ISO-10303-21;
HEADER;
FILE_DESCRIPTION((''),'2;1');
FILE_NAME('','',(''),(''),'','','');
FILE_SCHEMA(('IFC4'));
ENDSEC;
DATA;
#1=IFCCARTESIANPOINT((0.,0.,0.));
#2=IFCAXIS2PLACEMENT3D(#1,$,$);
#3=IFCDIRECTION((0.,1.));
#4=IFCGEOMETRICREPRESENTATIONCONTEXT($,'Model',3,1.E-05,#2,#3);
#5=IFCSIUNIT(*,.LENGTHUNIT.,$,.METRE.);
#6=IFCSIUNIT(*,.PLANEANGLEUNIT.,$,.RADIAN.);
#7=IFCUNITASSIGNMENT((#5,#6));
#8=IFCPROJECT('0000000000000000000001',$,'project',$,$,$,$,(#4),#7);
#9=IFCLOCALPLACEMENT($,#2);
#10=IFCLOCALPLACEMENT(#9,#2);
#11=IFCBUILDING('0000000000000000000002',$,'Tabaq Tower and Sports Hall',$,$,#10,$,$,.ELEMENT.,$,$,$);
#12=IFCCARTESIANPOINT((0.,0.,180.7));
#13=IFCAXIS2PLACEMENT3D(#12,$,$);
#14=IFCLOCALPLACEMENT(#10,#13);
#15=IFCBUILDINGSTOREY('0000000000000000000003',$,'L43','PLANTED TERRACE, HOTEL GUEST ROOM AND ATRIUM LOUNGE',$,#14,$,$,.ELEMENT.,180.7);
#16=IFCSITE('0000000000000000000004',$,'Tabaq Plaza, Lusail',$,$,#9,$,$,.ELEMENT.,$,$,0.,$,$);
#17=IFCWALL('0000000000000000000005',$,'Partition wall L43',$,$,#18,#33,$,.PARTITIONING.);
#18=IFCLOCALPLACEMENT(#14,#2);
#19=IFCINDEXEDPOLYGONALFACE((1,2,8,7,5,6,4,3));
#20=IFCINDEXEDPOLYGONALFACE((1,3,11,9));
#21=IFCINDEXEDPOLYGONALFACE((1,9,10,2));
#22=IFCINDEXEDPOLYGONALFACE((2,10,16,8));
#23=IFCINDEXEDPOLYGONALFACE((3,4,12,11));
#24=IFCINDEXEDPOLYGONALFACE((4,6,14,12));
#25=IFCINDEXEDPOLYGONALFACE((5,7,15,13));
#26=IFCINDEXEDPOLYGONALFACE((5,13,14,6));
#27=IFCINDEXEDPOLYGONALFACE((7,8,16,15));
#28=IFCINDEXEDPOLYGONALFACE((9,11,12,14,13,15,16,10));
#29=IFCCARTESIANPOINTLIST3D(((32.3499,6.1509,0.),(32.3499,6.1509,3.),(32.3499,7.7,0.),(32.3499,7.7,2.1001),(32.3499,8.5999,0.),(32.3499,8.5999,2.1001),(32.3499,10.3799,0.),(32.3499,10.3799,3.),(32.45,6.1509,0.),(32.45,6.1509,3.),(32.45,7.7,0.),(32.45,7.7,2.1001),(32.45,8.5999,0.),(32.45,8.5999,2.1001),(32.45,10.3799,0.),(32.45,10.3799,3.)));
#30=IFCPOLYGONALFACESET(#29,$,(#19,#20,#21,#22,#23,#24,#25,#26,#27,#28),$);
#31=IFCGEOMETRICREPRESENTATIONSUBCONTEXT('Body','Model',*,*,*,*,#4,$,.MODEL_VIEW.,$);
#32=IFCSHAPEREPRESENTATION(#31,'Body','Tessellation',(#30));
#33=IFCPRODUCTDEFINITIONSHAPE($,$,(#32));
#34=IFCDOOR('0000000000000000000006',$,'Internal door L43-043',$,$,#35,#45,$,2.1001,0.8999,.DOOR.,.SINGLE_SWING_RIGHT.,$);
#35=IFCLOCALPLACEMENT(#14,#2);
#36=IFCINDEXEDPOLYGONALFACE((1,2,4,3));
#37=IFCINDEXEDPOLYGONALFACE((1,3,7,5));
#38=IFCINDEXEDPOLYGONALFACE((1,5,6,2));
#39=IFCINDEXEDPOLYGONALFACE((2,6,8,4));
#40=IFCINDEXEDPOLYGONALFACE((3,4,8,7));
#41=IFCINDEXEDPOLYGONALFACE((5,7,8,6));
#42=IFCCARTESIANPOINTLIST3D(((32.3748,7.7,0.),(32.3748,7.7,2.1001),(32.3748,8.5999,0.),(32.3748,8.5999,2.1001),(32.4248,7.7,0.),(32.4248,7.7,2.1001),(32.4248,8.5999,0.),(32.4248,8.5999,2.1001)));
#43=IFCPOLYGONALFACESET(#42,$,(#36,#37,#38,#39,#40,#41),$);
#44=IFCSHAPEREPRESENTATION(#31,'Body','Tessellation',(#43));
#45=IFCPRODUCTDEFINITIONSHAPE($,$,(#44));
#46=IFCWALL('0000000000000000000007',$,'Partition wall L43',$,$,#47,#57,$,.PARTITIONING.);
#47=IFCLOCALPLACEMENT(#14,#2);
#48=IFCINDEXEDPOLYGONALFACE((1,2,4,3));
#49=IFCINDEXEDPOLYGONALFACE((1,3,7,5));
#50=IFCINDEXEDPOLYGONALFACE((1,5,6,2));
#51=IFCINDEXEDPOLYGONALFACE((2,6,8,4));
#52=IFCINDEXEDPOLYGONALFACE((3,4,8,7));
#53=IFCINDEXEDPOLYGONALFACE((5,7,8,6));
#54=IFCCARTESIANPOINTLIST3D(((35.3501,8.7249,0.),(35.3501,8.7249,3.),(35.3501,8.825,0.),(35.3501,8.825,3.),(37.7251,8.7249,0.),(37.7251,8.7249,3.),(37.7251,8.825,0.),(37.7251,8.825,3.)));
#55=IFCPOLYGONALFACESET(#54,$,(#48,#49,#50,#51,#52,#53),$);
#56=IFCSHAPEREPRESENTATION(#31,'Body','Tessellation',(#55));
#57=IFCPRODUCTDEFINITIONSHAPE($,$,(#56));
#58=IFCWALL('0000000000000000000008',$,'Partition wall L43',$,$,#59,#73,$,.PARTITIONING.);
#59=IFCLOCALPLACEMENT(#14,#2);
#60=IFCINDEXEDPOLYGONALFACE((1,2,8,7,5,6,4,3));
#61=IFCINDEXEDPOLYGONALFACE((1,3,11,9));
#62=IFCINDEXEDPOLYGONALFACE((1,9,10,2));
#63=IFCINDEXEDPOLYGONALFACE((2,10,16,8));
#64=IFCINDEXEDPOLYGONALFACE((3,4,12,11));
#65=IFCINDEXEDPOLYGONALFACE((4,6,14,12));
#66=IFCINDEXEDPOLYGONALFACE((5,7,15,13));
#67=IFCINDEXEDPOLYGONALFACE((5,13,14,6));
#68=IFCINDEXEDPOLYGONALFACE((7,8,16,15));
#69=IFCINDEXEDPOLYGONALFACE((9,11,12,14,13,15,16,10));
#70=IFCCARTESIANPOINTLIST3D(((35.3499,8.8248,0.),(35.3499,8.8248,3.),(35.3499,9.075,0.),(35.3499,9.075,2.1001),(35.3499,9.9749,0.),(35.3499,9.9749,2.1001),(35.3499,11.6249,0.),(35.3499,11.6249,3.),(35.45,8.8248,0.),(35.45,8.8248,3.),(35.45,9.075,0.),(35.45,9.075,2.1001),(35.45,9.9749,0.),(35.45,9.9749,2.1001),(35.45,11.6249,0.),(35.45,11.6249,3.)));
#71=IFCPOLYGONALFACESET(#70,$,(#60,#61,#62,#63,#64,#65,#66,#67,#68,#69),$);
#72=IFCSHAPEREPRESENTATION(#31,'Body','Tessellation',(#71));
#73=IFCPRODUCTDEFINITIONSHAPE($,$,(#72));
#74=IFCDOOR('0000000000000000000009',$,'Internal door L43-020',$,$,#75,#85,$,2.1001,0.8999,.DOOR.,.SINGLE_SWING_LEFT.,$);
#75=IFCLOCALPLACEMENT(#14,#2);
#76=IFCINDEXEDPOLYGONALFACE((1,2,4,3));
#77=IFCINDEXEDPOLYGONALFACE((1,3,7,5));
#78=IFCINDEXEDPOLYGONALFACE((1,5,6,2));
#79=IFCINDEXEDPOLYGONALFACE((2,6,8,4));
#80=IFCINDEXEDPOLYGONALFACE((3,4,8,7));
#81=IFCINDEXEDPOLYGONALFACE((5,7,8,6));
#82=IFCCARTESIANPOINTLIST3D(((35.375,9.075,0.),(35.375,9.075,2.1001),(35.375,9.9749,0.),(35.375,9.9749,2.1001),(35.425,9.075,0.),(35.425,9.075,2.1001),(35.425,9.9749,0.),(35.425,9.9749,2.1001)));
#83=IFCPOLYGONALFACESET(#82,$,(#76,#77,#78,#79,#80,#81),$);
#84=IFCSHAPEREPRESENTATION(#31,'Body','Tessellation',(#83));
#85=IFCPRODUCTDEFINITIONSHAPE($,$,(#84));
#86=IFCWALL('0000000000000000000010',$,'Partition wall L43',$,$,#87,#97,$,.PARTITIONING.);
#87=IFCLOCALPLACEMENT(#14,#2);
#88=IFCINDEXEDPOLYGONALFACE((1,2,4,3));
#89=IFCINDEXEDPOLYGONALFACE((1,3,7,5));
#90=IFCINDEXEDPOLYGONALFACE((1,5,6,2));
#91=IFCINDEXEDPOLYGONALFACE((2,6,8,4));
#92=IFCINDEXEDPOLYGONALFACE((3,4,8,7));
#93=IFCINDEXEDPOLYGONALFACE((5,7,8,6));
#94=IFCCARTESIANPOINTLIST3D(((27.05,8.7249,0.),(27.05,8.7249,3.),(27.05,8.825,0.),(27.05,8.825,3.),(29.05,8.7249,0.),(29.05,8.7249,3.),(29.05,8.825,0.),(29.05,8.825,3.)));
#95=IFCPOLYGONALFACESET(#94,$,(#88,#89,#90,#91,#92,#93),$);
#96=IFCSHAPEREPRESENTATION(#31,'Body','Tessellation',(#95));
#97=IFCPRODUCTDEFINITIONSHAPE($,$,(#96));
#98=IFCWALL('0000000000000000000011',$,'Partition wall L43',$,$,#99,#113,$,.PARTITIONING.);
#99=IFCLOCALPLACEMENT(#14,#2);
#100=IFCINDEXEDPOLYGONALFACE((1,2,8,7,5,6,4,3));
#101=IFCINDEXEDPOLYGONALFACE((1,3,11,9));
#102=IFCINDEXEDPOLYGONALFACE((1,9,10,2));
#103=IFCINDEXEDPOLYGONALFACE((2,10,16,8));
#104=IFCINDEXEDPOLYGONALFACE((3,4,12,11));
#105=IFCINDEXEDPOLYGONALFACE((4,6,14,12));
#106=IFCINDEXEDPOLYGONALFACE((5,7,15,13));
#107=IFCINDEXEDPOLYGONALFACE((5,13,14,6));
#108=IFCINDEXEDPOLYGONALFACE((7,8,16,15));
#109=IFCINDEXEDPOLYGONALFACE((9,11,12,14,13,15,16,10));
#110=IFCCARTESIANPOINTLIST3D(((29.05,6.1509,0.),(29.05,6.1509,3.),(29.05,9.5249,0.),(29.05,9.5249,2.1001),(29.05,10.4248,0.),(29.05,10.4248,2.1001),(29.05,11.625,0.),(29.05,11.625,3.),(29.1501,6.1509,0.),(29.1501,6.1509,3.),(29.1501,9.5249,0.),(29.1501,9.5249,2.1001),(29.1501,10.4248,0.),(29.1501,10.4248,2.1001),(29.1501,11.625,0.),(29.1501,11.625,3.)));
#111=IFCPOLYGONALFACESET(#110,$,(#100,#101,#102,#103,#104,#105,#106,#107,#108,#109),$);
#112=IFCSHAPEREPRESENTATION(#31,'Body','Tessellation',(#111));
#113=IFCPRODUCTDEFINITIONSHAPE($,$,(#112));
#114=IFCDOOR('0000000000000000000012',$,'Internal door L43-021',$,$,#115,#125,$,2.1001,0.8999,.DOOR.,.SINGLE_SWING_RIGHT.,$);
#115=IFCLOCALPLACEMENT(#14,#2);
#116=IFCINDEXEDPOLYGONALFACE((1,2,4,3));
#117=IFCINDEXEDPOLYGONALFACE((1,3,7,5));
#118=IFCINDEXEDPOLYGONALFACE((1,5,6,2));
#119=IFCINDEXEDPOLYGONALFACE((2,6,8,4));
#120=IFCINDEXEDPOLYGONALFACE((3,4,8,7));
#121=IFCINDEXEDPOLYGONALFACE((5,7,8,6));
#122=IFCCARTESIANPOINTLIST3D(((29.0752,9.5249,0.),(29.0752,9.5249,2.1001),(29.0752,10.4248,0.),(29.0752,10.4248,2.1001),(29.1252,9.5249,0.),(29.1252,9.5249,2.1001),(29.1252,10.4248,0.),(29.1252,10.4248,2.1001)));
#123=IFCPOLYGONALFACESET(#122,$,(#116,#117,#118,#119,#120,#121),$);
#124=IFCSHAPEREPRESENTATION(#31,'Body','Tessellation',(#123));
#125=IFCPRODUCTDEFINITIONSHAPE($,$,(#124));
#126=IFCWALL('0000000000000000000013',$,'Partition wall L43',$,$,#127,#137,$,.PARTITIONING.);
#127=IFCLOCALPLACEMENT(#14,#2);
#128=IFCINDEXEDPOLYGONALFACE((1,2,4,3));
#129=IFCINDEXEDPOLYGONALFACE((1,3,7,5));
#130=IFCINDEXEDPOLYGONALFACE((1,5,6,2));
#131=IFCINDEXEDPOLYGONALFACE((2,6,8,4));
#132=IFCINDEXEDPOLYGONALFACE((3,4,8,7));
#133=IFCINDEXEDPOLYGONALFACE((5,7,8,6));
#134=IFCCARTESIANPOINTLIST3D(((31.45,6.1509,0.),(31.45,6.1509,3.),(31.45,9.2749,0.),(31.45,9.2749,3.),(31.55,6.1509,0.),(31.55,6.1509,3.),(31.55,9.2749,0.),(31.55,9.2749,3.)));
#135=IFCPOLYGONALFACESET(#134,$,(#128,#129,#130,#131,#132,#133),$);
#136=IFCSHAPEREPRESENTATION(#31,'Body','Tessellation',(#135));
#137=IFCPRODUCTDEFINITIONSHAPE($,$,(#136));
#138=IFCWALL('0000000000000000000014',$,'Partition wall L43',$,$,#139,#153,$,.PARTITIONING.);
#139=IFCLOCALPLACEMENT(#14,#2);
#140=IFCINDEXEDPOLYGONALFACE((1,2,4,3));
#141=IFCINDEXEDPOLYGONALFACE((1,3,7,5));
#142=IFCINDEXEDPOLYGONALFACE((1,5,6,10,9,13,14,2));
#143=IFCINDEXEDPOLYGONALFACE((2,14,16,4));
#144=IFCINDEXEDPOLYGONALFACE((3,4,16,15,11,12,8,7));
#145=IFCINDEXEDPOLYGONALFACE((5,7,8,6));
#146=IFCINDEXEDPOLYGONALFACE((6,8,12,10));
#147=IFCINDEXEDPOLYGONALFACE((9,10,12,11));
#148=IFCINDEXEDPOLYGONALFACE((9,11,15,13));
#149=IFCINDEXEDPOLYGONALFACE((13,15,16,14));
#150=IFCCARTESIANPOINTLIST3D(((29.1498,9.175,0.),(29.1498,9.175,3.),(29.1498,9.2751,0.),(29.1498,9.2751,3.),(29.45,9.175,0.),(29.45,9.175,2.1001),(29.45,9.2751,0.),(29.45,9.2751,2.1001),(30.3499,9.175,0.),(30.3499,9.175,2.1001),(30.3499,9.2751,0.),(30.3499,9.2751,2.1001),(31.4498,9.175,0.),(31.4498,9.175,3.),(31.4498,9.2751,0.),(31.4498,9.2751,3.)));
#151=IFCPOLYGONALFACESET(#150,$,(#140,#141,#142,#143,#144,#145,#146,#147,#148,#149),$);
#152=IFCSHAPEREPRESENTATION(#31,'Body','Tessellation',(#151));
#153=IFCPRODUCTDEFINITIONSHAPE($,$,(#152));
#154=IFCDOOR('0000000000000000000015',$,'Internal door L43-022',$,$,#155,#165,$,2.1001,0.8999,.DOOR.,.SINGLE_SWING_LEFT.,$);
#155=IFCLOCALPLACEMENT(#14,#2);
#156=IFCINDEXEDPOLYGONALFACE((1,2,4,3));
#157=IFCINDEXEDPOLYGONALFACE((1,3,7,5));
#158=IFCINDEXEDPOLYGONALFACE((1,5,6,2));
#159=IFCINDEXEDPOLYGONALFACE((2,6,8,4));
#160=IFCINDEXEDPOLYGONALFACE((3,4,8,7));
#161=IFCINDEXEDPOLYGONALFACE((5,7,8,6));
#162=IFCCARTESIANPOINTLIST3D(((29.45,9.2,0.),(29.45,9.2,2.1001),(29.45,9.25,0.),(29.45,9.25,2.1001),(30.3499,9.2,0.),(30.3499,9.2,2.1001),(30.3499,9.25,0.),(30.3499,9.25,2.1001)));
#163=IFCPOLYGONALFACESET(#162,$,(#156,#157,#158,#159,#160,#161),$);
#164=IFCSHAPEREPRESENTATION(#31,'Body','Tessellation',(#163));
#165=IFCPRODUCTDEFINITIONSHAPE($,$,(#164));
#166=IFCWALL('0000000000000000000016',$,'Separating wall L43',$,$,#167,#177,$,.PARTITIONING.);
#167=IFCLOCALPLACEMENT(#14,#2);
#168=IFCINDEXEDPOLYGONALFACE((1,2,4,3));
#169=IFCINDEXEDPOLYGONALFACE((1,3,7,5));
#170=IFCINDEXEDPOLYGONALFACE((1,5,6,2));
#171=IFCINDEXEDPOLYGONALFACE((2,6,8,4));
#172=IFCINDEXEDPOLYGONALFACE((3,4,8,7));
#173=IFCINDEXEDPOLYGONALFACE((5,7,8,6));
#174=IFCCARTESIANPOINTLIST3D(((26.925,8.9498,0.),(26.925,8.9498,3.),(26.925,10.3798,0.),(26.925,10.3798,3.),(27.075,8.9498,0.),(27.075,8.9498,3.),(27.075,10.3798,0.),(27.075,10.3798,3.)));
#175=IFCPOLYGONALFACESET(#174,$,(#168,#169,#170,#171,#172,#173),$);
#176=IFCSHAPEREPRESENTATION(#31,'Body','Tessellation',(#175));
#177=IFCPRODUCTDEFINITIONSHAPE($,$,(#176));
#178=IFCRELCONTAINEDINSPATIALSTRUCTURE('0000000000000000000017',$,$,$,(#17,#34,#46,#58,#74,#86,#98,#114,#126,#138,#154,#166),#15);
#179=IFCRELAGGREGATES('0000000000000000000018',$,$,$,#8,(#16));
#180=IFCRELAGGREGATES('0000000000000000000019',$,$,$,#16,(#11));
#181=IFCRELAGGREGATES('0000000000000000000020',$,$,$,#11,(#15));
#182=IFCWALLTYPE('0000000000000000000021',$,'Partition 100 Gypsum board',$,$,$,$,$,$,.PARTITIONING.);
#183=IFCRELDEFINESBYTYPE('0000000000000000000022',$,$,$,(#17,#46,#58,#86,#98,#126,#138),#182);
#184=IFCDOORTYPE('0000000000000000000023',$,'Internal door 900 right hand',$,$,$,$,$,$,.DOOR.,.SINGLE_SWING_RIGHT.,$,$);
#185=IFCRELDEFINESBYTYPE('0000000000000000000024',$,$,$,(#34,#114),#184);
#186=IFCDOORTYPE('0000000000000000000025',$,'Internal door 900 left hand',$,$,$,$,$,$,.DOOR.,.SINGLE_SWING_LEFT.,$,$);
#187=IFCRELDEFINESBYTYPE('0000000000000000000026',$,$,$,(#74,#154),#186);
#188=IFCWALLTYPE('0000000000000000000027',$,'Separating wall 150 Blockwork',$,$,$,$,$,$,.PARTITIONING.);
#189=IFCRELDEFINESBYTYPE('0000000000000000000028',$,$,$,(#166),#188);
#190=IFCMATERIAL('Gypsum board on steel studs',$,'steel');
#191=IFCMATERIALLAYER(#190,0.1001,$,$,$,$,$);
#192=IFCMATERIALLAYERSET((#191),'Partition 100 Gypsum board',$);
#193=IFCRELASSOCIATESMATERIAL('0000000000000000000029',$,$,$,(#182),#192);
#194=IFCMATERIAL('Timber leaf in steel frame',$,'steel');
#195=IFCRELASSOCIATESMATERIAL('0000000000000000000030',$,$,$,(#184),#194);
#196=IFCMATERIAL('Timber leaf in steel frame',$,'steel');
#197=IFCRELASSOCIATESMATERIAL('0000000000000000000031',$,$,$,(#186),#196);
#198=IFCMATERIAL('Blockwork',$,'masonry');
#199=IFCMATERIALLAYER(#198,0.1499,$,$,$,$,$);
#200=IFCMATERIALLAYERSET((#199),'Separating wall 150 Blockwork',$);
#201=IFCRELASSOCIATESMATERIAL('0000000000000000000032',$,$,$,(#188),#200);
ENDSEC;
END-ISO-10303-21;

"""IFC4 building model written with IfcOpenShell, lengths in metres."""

from ifc_helpers import new_model, si_unit, direction, frame, frame_2d, origin, place, context, subcontext, project, spatial, rectangle, extrude, material, layer, layer_set, type_object, element, fill, save


model = new_model("IFC4")

# Units and contexts
model_context = context("Model", 3, precision=1e-05, world=origin(), true_north=direction((0.0, 1.0)))
body_context = subcontext(model_context, "Body", "Model", "MODEL_VIEW")
ifc_project = project(units=[si_unit("LENGTHUNIT", "METRE"), si_unit("PLANEANGLEUNIT", "RADIAN")], contexts=[model_context])

# Site, building, storey
site_placement = place(None, origin())
site = spatial("IfcSite", under=ifc_project, at=site_placement, Name="Tabaq Plaza, Lusail", CompositionType="ELEMENT", RefElevation=0.0)
building_placement = place(site_placement, origin())
building = spatial("IfcBuilding", under=site, at=building_placement, Name="Tabaq Tower and Sports Hall", CompositionType="ELEMENT")
storey_placement = place(building_placement, frame((0.0, 0.0, 180.7)))
storey = spatial("IfcBuildingStorey", under=building, at=storey_placement, Name="L43", Description="PLANTED TERRACE, HOTEL GUEST ROOM AND ATRIUM LOUNGE", CompositionType="ELEMENT", Elevation=180.7)

# Shared definitions
ifc_material_1 = material(Name="Gypsum board on steel studs", Category="steel")
ifc_layer_1 = layer(ifc_material_1, 0.1001)
ifc_layer_set_1 = layer_set([ifc_layer_1], Name="Partition 100 Gypsum board")
wall_type_1 = type_object("IfcWallType", Name="Partition 100 Gypsum board", PredefinedType="PARTITIONING", material=ifc_layer_set_1)

# Wall, opening, door
wall_1_placement = place(storey_placement, frame((32.3999, 10.3799, 0.0), z_axis=(0.0, 0.0, 1.0), x_axis=(0.0, -1.0, 0.0)))
wall_1 = element("IfcWall", 1, at=wall_1_placement, inside=storey, type_object=wall_type_1, Name="Partition wall L43", PredefinedType="PARTITIONING", context=body_context, shape_type="SweptSolid", body=[
    extrude(rectangle(XDim=4.229, YDim=0.1001, at=frame_2d((2.1145, 0.0))), origin(), (0.0, 0.0, 1.0), 3.0),
])
opening_1_placement = place(wall_1_placement, frame((1.78, 0.0, 0.0)))
opening_1 = element("IfcOpeningElement", 2, at=opening_1_placement, cuts=wall_1, PredefinedType="OPENING", context=body_context, shape_type="SweptSolid", body=[
    extrude(rectangle(XDim=0.8999, YDim=2.1001, at=frame_2d((0.45, 1.05))), frame((0.0, 0.05, 0.0), z_axis=(0.0, -1.0, 0.0), x_axis=(1.0, 0.0, 0.0)), (0.0, 0.0, 1.0), 0.1001),
])
ifc_material_2 = material(Name="Timber leaf in steel frame", Category="steel")
door_type_1 = type_object("IfcDoorType", Name="Internal door 900 right hand", OperationType="SINGLE_SWING_RIGHT", PredefinedType="DOOR", material=ifc_material_2)
door_1_placement = place(opening_1_placement, origin())
door_1 = element("IfcDoor", 3, at=door_1_placement, inside=storey, type_object=door_type_1, Name="Internal door L43-043", OperationType="SINGLE_SWING_RIGHT", OverallHeight=2.1001, OverallWidth=0.8999, PredefinedType="DOOR", context=body_context, shape_type="SweptSolid", body=[
    extrude(rectangle(XDim=0.8999, YDim=2.1001, at=frame_2d((0.45, 1.05))), frame((0.0, 0.0249, 0.0), z_axis=(0.0, -1.0, 0.0), x_axis=(1.0, 0.0, 0.0)), (0.0, 0.0, 1.0), 0.05),
])
fill(opening_1, door_1)

# Wall
wall_2_placement = place(storey_placement, frame((37.7251, 8.7749, 0.0), z_axis=(0.0, 0.0, 1.0), x_axis=(-1.0, 0.0, 0.0)))
element("IfcWall", 4, at=wall_2_placement, inside=storey, type_object=wall_type_1, Name="Partition wall L43", PredefinedType="PARTITIONING", context=body_context, shape_type="SweptSolid", body=[
    extrude(rectangle(XDim=2.375, YDim=0.1001, at=frame_2d((1.1875, 0.0))), origin(), (0.0, 0.0, 1.0), 3.0),
])

# Wall, opening, door
wall_3_placement = place(storey_placement, frame((35.3999, 8.825, 0.0), z_axis=(0.0, 0.0, 1.0), x_axis=(0.0, 1.0, 0.0)))
wall_3 = element("IfcWall", 5, at=wall_3_placement, inside=storey, type_object=wall_type_1, Name="Partition wall L43", PredefinedType="PARTITIONING", context=body_context, shape_type="SweptSolid", body=[
    extrude(rectangle(XDim=2.8, YDim=0.1001, at=frame_2d((1.3999, 0.0))), origin(), (0.0, 0.0, 1.0), 3.0),
])
opening_2_placement = place(wall_3_placement, frame((0.25, 0.0, 0.0)))
opening_2 = element("IfcOpeningElement", 6, at=opening_2_placement, cuts=wall_3, PredefinedType="OPENING", context=body_context, shape_type="SweptSolid", body=[
    extrude(rectangle(XDim=0.8999, YDim=2.1001, at=frame_2d((0.45, 1.05))), frame((0.0, 0.05, 0.0), z_axis=(0.0, -1.0, 0.0), x_axis=(1.0, 0.0, 0.0)), (0.0, 0.0, 1.0), 0.1001),
])
ifc_material_3 = material(Name="Timber leaf in steel frame", Category="steel")
door_type_2 = type_object("IfcDoorType", Name="Internal door 900 left hand", OperationType="SINGLE_SWING_LEFT", PredefinedType="DOOR", material=ifc_material_3)
door_2_placement = place(opening_2_placement, origin())
door_2 = element("IfcDoor", 7, at=door_2_placement, inside=storey, type_object=door_type_2, Name="Internal door L43-020", OperationType="SINGLE_SWING_LEFT", OverallHeight=2.1001, OverallWidth=0.8999, PredefinedType="DOOR", context=body_context, shape_type="SweptSolid", body=[
    extrude(rectangle(XDim=0.8999, YDim=2.1001, at=frame_2d((0.45, 1.05))), frame((0.0, 0.0249, 0.0), z_axis=(0.0, -1.0, 0.0), x_axis=(1.0, 0.0, 0.0)), (0.0, 0.0, 1.0), 0.05),
])
fill(opening_2, door_2)

# Wall
wall_4_placement = place(storey_placement, frame((27.05, 8.7749, 0.0), z_axis=(0.0, 0.0, 1.0), x_axis=(1.0, 0.0, 0.0)))
element("IfcWall", 8, at=wall_4_placement, inside=storey, type_object=wall_type_1, Name="Partition wall L43", PredefinedType="PARTITIONING", context=body_context, shape_type="SweptSolid", body=[
    extrude(rectangle(XDim=2.0, YDim=0.1001, at=frame_2d((1.0, 0.0))), origin(), (0.0, 0.0, 1.0), 3.0),
])

# Wall, opening, door
wall_5_placement = place(storey_placement, frame((29.1001, 6.1509, 0.0), z_axis=(0.0, 0.0, 1.0), x_axis=(0.0, 1.0, 0.0)))
wall_5 = element("IfcWall", 9, at=wall_5_placement, inside=storey, type_object=wall_type_1, Name="Partition wall L43", PredefinedType="PARTITIONING", context=body_context, shape_type="SweptSolid", body=[
    extrude(rectangle(XDim=5.4741, YDim=0.1001, at=frame_2d((2.7371, 0.0))), origin(), (0.0, 0.0, 1.0), 3.0),
])
opening_3_placement = place(wall_5_placement, frame((3.374, 0.0, 0.0)))
opening_3 = element("IfcOpeningElement", 10, at=opening_3_placement, cuts=wall_5, PredefinedType="OPENING", context=body_context, shape_type="SweptSolid", body=[
    extrude(rectangle(XDim=0.8999, YDim=2.1001, at=frame_2d((0.45, 1.05))), frame((0.0, 0.05, 0.0), z_axis=(0.0, -1.0, 0.0), x_axis=(1.0, 0.0, 0.0)), (0.0, 0.0, 1.0), 0.1001),
])
door_3_placement = place(opening_3_placement, origin())
door_3 = element("IfcDoor", 11, at=door_3_placement, inside=storey, type_object=door_type_1, Name="Internal door L43-021", OperationType="SINGLE_SWING_RIGHT", OverallHeight=2.1001, OverallWidth=0.8999, PredefinedType="DOOR", context=body_context, shape_type="SweptSolid", body=[
    extrude(rectangle(XDim=0.8999, YDim=2.1001, at=frame_2d((0.45, 1.05))), frame((0.0, 0.0249, 0.0), z_axis=(0.0, -1.0, 0.0), x_axis=(1.0, 0.0, 0.0)), (0.0, 0.0, 1.0), 0.05),
])
fill(opening_3, door_3)

# Wall
wall_6_placement = place(storey_placement, frame((31.5, 9.2749, 0.0), z_axis=(0.0, 0.0, 1.0), x_axis=(0.0, -1.0, 0.0)))
element("IfcWall", 12, at=wall_6_placement, inside=storey, type_object=wall_type_1, Name="Partition wall L43", PredefinedType="PARTITIONING", context=body_context, shape_type="SweptSolid", body=[
    extrude(rectangle(XDim=3.124, YDim=0.1001, at=frame_2d((1.562, 0.0))), origin(), (0.0, 0.0, 1.0), 3.0),
])

# Wall, opening, door
wall_7_placement = place(storey_placement, frame((29.1499, 9.2251, 0.0), z_axis=(0.0, 0.0, 1.0), x_axis=(1.0, 0.0, 0.0)))
wall_7 = element("IfcWall", 13, at=wall_7_placement, inside=storey, type_object=wall_type_1, Name="Partition wall L43", PredefinedType="PARTITIONING", context=body_context, shape_type="SweptSolid", body=[
    extrude(rectangle(XDim=2.3, YDim=0.1001, at=frame_2d((1.1499, 0.0))), origin(), (0.0, 0.0, 1.0), 3.0),
])
opening_4_placement = place(wall_7_placement, frame((0.3, 0.0, 0.0)))
opening_4 = element("IfcOpeningElement", 14, at=opening_4_placement, cuts=wall_7, PredefinedType="OPENING", context=body_context, shape_type="SweptSolid", body=[
    extrude(rectangle(XDim=0.8999, YDim=2.1001, at=frame_2d((0.45, 1.05))), frame((0.0, 0.05, 0.0), z_axis=(0.0, -1.0, 0.0), x_axis=(1.0, 0.0, 0.0)), (0.0, 0.0, 1.0), 0.1001),
])
door_4_placement = place(opening_4_placement, origin())
door_4 = element("IfcDoor", 15, at=door_4_placement, inside=storey, type_object=door_type_2, Name="Internal door L43-022", OperationType="SINGLE_SWING_LEFT", OverallHeight=2.1001, OverallWidth=0.8999, PredefinedType="DOOR", context=body_context, shape_type="SweptSolid", body=[
    extrude(rectangle(XDim=0.8999, YDim=2.1001, at=frame_2d((0.45, 1.05))), frame((0.0, 0.0249, 0.0), z_axis=(0.0, -1.0, 0.0), x_axis=(1.0, 0.0, 0.0)), (0.0, 0.0, 1.0), 0.05),
])
fill(opening_4, door_4)

# Wall
ifc_material_4 = material(Name="Blockwork", Category="masonry")
ifc_layer_2 = layer(ifc_material_4, 0.1499)
ifc_layer_set_2 = layer_set([ifc_layer_2], Name="Separating wall 150 Blockwork")
wall_type_2 = type_object("IfcWallType", Name="Separating wall 150 Blockwork", PredefinedType="PARTITIONING", material=ifc_layer_set_2)
wall_8_placement = place(storey_placement, frame((27.0, 8.95, 0.0), z_axis=(0.0, 0.0, 1.0), x_axis=(0.0, 1.0, 0.0)))
element("IfcWall", 16, at=wall_8_placement, inside=storey, type_object=wall_type_2, Name="Separating wall L43", PredefinedType="PARTITIONING", context=body_context, shape_type="SweptSolid", body=[
    extrude(rectangle(XDim=1.4299, YDim=0.1499, at=frame_2d((0.7148, 0.0))), origin(), (0.0, 0.0, 1.0), 3.0),
])

save(model, "model.ifc")
